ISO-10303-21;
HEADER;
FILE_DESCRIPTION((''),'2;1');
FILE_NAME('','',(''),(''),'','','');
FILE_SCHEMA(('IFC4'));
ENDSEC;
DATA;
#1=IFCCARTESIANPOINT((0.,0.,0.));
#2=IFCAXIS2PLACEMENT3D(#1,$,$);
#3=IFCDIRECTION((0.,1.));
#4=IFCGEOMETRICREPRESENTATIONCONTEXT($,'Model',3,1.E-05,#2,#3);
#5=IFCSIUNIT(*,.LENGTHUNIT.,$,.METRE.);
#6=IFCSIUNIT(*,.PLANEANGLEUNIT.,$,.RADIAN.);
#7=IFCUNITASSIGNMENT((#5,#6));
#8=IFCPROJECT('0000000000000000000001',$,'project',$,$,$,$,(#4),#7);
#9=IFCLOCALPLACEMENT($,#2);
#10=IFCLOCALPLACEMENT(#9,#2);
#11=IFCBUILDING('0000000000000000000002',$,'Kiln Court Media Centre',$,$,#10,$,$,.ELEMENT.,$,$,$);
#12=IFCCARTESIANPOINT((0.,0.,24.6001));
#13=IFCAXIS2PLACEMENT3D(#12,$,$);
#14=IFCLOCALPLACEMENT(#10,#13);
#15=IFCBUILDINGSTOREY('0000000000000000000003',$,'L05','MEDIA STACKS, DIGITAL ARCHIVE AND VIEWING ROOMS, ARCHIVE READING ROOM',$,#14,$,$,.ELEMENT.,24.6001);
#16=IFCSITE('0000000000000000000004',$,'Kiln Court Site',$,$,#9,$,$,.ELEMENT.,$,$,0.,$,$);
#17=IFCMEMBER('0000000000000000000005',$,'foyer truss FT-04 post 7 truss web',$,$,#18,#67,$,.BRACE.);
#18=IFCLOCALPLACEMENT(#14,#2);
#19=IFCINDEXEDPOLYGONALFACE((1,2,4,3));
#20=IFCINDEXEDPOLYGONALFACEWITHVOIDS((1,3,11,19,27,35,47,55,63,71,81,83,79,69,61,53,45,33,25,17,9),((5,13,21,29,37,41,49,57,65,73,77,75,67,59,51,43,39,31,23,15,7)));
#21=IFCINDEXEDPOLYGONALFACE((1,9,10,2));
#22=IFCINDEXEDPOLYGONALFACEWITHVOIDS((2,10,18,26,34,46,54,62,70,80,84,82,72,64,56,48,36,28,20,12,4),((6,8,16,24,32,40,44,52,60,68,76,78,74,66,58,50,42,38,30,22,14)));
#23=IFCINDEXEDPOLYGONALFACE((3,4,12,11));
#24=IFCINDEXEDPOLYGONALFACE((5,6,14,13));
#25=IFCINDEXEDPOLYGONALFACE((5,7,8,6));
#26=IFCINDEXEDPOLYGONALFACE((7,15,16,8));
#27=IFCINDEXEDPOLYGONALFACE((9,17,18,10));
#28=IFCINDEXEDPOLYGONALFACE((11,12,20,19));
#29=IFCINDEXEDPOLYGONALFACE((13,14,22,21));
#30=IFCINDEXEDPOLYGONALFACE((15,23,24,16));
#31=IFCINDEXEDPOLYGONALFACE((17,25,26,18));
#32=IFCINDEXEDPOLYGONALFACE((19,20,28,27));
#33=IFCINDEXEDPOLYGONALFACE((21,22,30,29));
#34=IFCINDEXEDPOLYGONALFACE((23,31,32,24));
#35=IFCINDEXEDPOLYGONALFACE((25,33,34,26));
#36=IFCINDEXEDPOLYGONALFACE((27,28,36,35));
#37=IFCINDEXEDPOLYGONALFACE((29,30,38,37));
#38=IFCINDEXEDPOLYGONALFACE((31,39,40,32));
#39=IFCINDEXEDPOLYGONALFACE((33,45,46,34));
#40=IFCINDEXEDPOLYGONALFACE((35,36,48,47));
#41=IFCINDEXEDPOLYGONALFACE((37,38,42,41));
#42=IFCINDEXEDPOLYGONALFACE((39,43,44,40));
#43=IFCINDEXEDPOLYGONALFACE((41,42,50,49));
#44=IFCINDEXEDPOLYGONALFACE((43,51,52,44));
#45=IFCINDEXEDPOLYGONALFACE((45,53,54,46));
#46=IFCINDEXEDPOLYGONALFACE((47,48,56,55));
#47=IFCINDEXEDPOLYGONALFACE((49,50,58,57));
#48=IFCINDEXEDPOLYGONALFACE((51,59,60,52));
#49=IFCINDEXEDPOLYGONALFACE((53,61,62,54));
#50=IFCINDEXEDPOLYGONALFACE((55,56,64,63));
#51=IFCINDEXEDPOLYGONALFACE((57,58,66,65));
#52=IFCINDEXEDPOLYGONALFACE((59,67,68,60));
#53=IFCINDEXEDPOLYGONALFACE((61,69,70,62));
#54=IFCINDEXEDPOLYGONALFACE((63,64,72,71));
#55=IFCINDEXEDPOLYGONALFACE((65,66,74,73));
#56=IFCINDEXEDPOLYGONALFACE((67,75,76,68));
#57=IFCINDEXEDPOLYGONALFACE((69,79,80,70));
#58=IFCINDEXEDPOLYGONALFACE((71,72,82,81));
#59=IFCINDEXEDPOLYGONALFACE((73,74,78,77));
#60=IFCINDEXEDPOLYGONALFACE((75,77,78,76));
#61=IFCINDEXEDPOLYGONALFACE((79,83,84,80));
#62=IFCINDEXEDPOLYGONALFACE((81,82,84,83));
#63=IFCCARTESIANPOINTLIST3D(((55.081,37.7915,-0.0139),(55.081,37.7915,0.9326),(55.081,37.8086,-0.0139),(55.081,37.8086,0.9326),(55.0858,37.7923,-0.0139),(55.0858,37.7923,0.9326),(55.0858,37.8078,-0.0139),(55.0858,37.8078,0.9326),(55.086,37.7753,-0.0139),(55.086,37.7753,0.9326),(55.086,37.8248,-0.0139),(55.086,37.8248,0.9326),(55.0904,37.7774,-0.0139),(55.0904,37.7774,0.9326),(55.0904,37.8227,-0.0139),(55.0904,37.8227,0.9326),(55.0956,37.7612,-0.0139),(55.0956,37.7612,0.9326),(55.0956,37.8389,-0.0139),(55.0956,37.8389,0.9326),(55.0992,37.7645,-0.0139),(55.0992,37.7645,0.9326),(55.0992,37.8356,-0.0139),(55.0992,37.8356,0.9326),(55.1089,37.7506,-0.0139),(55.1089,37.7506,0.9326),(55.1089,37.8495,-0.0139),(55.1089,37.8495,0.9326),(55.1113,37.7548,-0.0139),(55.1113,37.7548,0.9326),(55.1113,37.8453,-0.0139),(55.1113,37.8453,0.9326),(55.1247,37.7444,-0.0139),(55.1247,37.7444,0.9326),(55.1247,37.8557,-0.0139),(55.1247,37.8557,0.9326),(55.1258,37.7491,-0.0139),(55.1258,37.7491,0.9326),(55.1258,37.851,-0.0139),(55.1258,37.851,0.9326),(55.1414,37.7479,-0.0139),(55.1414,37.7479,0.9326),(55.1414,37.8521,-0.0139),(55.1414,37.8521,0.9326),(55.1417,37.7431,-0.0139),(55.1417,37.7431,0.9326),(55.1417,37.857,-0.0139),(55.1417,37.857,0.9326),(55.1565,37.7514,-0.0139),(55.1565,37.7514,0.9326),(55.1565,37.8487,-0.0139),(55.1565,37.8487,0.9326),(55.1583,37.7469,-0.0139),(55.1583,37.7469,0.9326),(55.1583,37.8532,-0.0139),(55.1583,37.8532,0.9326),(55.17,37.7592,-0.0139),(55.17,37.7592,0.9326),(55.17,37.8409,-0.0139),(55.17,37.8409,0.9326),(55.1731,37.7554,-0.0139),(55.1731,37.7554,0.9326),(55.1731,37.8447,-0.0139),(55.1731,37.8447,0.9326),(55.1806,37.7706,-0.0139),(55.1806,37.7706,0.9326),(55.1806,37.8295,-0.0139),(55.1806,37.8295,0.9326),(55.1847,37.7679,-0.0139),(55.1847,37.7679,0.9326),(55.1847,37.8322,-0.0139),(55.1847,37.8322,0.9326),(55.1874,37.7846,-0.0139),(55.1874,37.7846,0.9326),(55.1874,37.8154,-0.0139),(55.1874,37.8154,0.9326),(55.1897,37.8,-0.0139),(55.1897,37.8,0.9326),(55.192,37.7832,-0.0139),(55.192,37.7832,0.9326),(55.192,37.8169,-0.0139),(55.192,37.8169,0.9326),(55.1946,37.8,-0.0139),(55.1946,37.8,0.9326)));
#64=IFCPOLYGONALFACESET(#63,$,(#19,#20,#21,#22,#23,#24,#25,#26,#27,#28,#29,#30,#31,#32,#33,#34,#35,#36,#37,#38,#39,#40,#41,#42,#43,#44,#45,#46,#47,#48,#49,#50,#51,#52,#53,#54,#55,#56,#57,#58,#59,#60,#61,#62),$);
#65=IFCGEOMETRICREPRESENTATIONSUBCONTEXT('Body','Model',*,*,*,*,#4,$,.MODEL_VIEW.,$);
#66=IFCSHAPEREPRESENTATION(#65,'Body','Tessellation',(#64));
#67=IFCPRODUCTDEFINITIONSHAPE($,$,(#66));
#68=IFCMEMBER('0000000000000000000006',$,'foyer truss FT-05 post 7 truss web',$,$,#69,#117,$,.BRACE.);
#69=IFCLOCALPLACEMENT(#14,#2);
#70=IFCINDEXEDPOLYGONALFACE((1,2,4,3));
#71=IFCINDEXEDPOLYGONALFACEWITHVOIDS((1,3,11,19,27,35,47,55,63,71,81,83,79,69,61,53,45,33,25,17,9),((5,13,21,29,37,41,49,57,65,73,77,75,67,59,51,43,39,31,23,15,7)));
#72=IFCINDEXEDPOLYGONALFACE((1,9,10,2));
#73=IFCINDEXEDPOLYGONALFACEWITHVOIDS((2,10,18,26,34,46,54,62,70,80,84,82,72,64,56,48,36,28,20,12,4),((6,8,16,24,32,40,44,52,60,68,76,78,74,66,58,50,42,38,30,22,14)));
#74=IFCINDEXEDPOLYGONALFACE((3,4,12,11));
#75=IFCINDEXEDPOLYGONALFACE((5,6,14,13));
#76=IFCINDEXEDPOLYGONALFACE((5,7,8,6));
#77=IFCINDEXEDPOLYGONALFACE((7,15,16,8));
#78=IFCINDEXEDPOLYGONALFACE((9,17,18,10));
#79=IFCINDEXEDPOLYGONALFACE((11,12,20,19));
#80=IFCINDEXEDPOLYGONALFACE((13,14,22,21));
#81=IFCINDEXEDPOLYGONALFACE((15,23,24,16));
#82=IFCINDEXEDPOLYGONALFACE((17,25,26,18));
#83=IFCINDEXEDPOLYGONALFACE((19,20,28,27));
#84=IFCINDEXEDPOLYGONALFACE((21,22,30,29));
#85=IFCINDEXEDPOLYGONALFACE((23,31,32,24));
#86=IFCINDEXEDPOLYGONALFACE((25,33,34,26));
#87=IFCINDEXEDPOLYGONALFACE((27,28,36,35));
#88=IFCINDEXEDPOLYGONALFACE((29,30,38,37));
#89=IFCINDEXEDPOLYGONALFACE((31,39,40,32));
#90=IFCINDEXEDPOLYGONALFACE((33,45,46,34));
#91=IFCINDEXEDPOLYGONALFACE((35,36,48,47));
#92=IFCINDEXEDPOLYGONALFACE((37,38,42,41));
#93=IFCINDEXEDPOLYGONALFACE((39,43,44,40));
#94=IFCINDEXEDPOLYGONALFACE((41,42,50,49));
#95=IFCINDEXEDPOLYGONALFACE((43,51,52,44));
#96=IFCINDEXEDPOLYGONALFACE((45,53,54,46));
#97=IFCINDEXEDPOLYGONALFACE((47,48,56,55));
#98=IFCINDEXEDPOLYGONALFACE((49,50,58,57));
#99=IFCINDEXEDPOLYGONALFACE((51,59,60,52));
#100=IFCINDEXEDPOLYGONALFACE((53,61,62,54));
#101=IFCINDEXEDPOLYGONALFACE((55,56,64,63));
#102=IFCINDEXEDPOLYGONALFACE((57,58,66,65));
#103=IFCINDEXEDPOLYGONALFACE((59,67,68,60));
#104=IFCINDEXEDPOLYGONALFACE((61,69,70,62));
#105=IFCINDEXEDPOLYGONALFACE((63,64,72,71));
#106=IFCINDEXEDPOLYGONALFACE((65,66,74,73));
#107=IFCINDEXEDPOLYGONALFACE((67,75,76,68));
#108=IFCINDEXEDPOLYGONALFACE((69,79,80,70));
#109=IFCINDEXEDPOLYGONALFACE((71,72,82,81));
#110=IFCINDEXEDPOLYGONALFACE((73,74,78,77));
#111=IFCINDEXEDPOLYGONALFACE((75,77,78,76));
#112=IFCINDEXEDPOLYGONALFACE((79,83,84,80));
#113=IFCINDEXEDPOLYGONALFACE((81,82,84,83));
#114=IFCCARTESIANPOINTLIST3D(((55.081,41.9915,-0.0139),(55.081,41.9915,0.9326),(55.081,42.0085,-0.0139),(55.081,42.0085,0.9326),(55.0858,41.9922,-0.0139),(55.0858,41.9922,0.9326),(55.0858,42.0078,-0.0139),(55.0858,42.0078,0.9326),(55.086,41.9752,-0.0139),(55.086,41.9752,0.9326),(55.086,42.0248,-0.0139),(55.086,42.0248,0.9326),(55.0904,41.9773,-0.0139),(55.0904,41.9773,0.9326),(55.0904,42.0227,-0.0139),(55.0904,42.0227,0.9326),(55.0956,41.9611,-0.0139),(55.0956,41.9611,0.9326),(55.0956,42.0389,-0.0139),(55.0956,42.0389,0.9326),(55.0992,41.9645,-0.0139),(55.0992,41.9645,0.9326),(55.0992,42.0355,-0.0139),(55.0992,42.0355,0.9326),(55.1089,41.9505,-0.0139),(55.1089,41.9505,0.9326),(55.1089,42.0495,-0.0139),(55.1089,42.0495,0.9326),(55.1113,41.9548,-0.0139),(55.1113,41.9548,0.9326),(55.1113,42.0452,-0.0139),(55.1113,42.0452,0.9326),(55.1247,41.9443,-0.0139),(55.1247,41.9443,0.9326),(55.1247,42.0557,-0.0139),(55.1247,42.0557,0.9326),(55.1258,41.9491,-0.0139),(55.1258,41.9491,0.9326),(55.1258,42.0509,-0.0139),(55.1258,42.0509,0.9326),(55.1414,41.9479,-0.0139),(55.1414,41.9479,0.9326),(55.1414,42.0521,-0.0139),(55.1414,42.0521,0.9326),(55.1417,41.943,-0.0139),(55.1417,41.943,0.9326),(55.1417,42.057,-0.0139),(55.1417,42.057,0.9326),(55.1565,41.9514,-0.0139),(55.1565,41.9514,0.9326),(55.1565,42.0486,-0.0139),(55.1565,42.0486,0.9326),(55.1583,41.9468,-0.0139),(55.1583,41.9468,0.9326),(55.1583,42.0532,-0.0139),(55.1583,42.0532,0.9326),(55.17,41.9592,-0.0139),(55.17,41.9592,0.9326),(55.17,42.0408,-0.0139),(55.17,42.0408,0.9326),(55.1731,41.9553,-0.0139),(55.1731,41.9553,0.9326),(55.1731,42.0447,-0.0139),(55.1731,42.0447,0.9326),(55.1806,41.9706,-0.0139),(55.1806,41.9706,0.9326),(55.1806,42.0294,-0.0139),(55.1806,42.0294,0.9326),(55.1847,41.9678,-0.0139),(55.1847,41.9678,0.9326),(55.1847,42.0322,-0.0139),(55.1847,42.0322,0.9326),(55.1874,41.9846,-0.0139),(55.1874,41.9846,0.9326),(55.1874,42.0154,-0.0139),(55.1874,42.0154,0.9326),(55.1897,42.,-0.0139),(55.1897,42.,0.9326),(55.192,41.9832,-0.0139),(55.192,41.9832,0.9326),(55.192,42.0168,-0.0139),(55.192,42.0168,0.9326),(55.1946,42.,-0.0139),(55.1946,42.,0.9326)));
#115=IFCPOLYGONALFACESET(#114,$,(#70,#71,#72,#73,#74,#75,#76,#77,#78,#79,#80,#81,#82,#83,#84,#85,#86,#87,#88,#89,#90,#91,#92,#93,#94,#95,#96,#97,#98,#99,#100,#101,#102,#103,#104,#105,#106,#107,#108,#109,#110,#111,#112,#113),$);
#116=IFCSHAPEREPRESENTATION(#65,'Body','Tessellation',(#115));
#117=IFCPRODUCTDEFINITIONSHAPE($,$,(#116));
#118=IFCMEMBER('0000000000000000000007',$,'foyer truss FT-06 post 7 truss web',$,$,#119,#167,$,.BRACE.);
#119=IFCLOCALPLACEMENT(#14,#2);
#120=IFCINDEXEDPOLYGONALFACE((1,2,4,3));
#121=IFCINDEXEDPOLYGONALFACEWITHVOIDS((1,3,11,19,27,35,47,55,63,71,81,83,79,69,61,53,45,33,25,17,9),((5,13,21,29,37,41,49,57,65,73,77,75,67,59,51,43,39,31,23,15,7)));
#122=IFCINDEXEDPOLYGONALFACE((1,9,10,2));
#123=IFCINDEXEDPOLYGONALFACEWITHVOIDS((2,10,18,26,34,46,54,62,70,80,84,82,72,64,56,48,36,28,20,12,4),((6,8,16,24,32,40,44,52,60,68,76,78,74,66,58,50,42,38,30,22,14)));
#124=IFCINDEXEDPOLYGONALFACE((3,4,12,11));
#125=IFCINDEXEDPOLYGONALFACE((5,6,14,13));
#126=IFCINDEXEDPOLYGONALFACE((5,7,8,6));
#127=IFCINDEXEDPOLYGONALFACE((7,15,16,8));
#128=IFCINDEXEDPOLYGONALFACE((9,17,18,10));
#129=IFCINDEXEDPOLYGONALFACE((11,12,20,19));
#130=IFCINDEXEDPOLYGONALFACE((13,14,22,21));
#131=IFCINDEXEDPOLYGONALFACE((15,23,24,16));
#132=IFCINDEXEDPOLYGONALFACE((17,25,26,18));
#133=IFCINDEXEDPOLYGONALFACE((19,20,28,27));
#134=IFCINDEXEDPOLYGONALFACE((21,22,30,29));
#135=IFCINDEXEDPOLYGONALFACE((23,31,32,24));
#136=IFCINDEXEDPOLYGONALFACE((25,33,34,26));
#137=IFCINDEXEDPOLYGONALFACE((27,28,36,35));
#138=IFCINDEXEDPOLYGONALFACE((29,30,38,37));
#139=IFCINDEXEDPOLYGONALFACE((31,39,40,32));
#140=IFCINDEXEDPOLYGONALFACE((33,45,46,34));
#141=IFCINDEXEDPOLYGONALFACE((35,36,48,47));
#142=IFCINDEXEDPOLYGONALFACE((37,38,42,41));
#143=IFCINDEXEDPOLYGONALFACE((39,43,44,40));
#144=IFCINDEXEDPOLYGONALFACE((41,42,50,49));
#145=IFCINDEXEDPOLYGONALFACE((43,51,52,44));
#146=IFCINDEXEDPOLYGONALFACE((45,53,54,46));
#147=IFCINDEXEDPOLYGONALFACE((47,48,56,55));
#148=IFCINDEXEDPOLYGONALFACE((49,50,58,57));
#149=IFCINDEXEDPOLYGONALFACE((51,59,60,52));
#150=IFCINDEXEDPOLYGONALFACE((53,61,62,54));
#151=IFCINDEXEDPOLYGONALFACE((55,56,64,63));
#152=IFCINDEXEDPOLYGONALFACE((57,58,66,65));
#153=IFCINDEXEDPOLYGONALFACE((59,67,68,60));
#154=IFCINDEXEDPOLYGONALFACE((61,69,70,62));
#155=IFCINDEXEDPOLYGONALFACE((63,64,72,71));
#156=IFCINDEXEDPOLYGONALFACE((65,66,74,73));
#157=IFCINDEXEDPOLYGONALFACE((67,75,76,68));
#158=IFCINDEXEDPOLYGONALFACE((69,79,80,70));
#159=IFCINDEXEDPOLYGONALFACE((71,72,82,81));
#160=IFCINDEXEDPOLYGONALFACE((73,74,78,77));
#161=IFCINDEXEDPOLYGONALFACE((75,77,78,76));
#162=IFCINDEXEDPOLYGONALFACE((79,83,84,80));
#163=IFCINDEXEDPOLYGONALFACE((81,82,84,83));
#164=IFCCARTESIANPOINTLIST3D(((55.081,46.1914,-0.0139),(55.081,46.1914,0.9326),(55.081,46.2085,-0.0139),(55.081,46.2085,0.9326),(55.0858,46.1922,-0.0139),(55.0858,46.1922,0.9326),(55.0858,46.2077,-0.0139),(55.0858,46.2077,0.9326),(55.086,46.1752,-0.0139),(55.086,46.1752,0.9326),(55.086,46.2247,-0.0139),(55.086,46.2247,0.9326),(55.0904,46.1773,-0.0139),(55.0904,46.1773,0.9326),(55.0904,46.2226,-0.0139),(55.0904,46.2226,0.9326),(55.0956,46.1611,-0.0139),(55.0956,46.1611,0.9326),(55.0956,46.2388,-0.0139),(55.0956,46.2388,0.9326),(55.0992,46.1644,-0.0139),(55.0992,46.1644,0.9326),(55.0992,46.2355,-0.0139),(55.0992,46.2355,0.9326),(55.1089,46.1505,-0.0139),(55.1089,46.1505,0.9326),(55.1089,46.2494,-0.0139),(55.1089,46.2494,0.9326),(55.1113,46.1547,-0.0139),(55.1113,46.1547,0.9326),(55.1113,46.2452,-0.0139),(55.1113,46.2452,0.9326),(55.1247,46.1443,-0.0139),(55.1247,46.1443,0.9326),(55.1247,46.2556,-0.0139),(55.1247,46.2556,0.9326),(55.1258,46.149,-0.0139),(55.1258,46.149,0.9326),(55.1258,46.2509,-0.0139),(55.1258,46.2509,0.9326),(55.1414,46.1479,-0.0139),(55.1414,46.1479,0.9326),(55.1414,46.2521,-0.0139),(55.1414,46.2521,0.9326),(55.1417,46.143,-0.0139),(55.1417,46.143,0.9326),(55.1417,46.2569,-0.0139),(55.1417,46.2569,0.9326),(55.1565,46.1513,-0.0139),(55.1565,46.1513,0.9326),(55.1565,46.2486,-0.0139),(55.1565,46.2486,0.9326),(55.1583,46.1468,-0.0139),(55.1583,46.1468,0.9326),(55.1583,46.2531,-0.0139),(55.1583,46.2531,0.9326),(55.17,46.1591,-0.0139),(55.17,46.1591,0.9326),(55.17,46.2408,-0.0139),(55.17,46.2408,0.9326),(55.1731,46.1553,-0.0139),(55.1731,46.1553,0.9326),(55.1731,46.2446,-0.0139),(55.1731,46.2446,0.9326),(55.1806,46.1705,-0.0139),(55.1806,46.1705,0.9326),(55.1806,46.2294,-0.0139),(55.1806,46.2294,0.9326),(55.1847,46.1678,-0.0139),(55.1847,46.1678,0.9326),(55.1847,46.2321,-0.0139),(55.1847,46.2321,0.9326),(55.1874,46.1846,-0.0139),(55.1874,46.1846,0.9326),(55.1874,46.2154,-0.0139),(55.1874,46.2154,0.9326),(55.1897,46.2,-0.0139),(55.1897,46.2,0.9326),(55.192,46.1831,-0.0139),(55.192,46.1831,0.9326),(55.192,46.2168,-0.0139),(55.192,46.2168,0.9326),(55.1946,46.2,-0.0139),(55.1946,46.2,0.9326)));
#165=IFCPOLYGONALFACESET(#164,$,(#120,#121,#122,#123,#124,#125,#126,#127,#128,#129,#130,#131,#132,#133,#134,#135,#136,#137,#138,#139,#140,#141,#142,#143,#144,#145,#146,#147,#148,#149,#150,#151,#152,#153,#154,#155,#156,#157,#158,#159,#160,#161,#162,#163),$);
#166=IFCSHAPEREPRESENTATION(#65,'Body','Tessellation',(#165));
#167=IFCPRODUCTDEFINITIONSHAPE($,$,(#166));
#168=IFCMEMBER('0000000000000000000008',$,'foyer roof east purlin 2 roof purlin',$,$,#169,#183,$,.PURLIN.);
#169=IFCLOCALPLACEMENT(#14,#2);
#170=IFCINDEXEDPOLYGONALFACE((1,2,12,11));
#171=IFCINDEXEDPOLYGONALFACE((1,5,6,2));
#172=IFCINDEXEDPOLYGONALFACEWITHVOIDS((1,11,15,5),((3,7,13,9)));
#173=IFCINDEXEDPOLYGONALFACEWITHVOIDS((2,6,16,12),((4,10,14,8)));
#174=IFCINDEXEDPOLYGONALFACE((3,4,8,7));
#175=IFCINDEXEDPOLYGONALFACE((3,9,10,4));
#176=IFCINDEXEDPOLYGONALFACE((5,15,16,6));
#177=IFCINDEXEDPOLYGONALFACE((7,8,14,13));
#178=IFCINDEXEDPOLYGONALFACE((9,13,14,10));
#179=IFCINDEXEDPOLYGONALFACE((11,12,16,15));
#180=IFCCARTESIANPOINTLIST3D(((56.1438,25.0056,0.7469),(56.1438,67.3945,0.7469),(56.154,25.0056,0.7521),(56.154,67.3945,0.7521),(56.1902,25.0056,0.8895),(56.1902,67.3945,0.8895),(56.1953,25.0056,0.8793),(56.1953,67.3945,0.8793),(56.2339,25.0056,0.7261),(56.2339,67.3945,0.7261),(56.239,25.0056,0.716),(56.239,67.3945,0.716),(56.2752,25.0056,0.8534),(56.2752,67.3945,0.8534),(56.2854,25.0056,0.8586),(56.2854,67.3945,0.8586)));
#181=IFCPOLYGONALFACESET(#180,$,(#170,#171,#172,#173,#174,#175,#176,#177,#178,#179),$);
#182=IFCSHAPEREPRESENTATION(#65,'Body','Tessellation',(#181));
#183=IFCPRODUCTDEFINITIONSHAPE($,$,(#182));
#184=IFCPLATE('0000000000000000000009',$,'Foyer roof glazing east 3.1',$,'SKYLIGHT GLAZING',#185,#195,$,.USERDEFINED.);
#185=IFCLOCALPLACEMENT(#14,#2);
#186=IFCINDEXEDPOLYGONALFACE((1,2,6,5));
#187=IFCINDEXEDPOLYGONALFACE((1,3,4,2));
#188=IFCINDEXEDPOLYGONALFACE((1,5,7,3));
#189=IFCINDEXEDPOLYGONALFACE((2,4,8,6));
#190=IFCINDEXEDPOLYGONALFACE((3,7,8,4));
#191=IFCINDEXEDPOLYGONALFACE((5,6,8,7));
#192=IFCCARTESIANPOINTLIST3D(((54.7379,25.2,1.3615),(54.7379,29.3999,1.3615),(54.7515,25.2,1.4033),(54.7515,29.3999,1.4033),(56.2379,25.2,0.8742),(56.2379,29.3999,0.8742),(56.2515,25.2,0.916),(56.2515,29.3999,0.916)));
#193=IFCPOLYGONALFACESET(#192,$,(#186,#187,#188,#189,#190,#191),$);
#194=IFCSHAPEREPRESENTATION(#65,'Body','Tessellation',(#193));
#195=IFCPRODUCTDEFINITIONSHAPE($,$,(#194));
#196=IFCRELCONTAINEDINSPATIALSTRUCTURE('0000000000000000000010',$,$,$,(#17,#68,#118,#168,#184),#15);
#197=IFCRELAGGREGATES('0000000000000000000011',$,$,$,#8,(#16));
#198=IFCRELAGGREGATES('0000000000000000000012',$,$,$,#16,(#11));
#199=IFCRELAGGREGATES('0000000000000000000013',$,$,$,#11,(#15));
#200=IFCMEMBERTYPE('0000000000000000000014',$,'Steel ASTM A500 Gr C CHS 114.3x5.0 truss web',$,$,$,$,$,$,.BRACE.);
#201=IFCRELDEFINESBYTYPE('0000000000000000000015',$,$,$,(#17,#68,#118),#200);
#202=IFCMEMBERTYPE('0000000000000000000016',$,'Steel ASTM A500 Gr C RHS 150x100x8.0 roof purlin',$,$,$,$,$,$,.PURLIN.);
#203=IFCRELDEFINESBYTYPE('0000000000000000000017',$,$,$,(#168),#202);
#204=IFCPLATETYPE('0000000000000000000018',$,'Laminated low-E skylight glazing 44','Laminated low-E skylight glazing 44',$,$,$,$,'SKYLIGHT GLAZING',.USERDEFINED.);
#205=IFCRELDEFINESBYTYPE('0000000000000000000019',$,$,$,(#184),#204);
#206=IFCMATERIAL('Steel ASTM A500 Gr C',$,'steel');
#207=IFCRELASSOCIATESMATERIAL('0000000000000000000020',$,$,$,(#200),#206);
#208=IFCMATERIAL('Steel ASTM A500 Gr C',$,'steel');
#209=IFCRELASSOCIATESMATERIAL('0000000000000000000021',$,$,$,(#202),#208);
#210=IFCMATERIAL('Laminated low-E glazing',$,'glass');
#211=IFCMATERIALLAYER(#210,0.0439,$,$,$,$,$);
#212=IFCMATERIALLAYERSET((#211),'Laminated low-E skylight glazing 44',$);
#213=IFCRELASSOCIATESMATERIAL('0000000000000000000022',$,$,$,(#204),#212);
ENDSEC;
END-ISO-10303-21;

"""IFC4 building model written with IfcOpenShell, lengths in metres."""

from ifc_helpers import new_model, si_unit, direction, frame, origin, origin_2d, place, context, subcontext, project, spatial, polyline, hollow_rectangle, hollow_circle, outline, extrude, material, layer, layer_set, material_profile, profile_set, type_object, element, save


model = new_model("IFC4")

# Units and contexts
model_context = context("Model", 3, precision=1e-05, world=origin(), true_north=direction((0.0, 1.0)))
body_context = subcontext(model_context, "Body", "Model", "MODEL_VIEW")
ifc_project = project(units=[si_unit("LENGTHUNIT", "METRE"), si_unit("PLANEANGLEUNIT", "RADIAN")], contexts=[model_context])

# Site, building, storey
site_placement = place(None, origin())
site = spatial("IfcSite", under=ifc_project, at=site_placement, Name="Kiln Court Site", CompositionType="ELEMENT", RefElevation=0.0)
building_placement = place(site_placement, origin())
building = spatial("IfcBuilding", under=site, at=building_placement, Name="Kiln Court Media Centre", CompositionType="ELEMENT")
storey_placement = place(building_placement, frame((0.0, 0.0, 24.6001)))
storey = spatial("IfcBuildingStorey", under=building, at=storey_placement, Name="L05", Description="MEDIA STACKS, DIGITAL ARCHIVE AND VIEWING ROOMS, ARCHIVE READING ROOM", CompositionType="ELEMENT", Elevation=24.6001)

# Members
ifc_material_1 = material(Name="Steel ASTM A500 Gr C", Category="steel")
ifc_material_profile_1 = material_profile(ifc_material_1, hollow_circle(Radius=0.0571, WallThickness=0.0049, at=origin_2d()), Name="CHS 114.3x5.0")
ifc_profile_set_1 = profile_set([ifc_material_profile_1], Name="Steel ASTM A500 Gr C")
member_type_1 = type_object("IfcMemberType", Name="Steel ASTM A500 Gr C CHS 114.3x5.0 truss web", PredefinedType="BRACE", material=ifc_profile_set_1)
for number, where, z_axis, x_axis, name in (
    (1, (55.1375, 37.8, -0.0139), (0.0, 0.0, 1.0), (1.0, 0.0, 0.0), "foyer truss FT-04 post 7 truss web"),
    (2, (55.1375, 42.0, -0.0139), (0.0, 0.0, 1.0), (1.0, 0.0, 0.0), "foyer truss FT-05 post 7 truss web"),
    (3, (55.1375, 46.2, -0.0139), (0.0, 0.0, 1.0), (1.0, 0.0, 0.0), "foyer truss FT-06 post 7 truss web"),
):
    element("IfcMember", number, at=place(storey_placement, frame(where, z_axis=z_axis, x_axis=x_axis)), inside=storey, type_object=member_type_1, Name=name, PredefinedType="BRACE", context=body_context, shape_type="SweptSolid", body=[
        extrude(hollow_circle(Radius=0.0571, WallThickness=0.0049, at=origin_2d()), origin(), (0.0, 0.0, 1.0), 0.9465),
    ])
ifc_material_2 = material(Name="Steel ASTM A500 Gr C", Category="steel")
ifc_material_profile_2 = material_profile(ifc_material_2, hollow_rectangle(XDim=0.1001, YDim=0.1499, WallThickness=0.0081, at=origin_2d()), Name="RHS 150x100x8.0")
ifc_profile_set_2 = profile_set([ifc_material_profile_2], Name="Steel ASTM A500 Gr C")
member_type_2 = type_object("IfcMemberType", Name="Steel ASTM A500 Gr C RHS 150x100x8.0 roof purlin", PredefinedType="PURLIN", material=ifc_profile_set_2)
member_placement = place(storey_placement, frame((56.2146, 25.0056, 0.8027), z_axis=(0.0, 1.0, 0.0), x_axis=(-0.951057, 0.0, 0.309017)))
element("IfcMember", 4, at=member_placement, inside=storey, type_object=member_type_2, Name="foyer roof east purlin 2 roof purlin", PredefinedType="PURLIN", context=body_context, shape_type="SweptSolid", body=[
    extrude(hollow_rectangle(XDim=0.1001, YDim=0.1499, WallThickness=0.0081, at=origin_2d()), origin(), (0.0, 0.0, 1.0), 42.3889),
])

# Plate
ifc_material_3 = material(Name="Laminated low-E glazing", Category="glass")
ifc_layer_1 = layer(ifc_material_3, 0.0439)
ifc_layer_set_1 = layer_set([ifc_layer_1], Name="Laminated low-E skylight glazing 44")
plate_type_1 = type_object("IfcPlateType", Name="Laminated low-E skylight glazing 44", Description="Laminated low-E skylight glazing 44", ElementType="SKYLIGHT GLAZING", PredefinedType="USERDEFINED", material=ifc_layer_set_1)
plate_1_placement = place(storey_placement, frame((56.2515, 29.3999, 0.916), z_axis=(0.308974, 0.0, 0.95107), x_axis=(-0.95107, 0.0, 0.308974)))
element("IfcPlate", 5, at=plate_1_placement, inside=storey, type_object=plate_type_1, Name="Foyer roof glazing east 3.1", ObjectType="SKYLIGHT GLAZING", PredefinedType="USERDEFINED", context=body_context, shape_type="SweptSolid", body=[
    extrude(outline(polyline([(0.0, 0.0), (1.5772, 0.0), (1.5772, 4.2), (0.0, 4.2), (0.0, 0.0)])), origin(), (0.0, 0.0, -1.0), 0.0439),
])

save(model, "model.ifc")
